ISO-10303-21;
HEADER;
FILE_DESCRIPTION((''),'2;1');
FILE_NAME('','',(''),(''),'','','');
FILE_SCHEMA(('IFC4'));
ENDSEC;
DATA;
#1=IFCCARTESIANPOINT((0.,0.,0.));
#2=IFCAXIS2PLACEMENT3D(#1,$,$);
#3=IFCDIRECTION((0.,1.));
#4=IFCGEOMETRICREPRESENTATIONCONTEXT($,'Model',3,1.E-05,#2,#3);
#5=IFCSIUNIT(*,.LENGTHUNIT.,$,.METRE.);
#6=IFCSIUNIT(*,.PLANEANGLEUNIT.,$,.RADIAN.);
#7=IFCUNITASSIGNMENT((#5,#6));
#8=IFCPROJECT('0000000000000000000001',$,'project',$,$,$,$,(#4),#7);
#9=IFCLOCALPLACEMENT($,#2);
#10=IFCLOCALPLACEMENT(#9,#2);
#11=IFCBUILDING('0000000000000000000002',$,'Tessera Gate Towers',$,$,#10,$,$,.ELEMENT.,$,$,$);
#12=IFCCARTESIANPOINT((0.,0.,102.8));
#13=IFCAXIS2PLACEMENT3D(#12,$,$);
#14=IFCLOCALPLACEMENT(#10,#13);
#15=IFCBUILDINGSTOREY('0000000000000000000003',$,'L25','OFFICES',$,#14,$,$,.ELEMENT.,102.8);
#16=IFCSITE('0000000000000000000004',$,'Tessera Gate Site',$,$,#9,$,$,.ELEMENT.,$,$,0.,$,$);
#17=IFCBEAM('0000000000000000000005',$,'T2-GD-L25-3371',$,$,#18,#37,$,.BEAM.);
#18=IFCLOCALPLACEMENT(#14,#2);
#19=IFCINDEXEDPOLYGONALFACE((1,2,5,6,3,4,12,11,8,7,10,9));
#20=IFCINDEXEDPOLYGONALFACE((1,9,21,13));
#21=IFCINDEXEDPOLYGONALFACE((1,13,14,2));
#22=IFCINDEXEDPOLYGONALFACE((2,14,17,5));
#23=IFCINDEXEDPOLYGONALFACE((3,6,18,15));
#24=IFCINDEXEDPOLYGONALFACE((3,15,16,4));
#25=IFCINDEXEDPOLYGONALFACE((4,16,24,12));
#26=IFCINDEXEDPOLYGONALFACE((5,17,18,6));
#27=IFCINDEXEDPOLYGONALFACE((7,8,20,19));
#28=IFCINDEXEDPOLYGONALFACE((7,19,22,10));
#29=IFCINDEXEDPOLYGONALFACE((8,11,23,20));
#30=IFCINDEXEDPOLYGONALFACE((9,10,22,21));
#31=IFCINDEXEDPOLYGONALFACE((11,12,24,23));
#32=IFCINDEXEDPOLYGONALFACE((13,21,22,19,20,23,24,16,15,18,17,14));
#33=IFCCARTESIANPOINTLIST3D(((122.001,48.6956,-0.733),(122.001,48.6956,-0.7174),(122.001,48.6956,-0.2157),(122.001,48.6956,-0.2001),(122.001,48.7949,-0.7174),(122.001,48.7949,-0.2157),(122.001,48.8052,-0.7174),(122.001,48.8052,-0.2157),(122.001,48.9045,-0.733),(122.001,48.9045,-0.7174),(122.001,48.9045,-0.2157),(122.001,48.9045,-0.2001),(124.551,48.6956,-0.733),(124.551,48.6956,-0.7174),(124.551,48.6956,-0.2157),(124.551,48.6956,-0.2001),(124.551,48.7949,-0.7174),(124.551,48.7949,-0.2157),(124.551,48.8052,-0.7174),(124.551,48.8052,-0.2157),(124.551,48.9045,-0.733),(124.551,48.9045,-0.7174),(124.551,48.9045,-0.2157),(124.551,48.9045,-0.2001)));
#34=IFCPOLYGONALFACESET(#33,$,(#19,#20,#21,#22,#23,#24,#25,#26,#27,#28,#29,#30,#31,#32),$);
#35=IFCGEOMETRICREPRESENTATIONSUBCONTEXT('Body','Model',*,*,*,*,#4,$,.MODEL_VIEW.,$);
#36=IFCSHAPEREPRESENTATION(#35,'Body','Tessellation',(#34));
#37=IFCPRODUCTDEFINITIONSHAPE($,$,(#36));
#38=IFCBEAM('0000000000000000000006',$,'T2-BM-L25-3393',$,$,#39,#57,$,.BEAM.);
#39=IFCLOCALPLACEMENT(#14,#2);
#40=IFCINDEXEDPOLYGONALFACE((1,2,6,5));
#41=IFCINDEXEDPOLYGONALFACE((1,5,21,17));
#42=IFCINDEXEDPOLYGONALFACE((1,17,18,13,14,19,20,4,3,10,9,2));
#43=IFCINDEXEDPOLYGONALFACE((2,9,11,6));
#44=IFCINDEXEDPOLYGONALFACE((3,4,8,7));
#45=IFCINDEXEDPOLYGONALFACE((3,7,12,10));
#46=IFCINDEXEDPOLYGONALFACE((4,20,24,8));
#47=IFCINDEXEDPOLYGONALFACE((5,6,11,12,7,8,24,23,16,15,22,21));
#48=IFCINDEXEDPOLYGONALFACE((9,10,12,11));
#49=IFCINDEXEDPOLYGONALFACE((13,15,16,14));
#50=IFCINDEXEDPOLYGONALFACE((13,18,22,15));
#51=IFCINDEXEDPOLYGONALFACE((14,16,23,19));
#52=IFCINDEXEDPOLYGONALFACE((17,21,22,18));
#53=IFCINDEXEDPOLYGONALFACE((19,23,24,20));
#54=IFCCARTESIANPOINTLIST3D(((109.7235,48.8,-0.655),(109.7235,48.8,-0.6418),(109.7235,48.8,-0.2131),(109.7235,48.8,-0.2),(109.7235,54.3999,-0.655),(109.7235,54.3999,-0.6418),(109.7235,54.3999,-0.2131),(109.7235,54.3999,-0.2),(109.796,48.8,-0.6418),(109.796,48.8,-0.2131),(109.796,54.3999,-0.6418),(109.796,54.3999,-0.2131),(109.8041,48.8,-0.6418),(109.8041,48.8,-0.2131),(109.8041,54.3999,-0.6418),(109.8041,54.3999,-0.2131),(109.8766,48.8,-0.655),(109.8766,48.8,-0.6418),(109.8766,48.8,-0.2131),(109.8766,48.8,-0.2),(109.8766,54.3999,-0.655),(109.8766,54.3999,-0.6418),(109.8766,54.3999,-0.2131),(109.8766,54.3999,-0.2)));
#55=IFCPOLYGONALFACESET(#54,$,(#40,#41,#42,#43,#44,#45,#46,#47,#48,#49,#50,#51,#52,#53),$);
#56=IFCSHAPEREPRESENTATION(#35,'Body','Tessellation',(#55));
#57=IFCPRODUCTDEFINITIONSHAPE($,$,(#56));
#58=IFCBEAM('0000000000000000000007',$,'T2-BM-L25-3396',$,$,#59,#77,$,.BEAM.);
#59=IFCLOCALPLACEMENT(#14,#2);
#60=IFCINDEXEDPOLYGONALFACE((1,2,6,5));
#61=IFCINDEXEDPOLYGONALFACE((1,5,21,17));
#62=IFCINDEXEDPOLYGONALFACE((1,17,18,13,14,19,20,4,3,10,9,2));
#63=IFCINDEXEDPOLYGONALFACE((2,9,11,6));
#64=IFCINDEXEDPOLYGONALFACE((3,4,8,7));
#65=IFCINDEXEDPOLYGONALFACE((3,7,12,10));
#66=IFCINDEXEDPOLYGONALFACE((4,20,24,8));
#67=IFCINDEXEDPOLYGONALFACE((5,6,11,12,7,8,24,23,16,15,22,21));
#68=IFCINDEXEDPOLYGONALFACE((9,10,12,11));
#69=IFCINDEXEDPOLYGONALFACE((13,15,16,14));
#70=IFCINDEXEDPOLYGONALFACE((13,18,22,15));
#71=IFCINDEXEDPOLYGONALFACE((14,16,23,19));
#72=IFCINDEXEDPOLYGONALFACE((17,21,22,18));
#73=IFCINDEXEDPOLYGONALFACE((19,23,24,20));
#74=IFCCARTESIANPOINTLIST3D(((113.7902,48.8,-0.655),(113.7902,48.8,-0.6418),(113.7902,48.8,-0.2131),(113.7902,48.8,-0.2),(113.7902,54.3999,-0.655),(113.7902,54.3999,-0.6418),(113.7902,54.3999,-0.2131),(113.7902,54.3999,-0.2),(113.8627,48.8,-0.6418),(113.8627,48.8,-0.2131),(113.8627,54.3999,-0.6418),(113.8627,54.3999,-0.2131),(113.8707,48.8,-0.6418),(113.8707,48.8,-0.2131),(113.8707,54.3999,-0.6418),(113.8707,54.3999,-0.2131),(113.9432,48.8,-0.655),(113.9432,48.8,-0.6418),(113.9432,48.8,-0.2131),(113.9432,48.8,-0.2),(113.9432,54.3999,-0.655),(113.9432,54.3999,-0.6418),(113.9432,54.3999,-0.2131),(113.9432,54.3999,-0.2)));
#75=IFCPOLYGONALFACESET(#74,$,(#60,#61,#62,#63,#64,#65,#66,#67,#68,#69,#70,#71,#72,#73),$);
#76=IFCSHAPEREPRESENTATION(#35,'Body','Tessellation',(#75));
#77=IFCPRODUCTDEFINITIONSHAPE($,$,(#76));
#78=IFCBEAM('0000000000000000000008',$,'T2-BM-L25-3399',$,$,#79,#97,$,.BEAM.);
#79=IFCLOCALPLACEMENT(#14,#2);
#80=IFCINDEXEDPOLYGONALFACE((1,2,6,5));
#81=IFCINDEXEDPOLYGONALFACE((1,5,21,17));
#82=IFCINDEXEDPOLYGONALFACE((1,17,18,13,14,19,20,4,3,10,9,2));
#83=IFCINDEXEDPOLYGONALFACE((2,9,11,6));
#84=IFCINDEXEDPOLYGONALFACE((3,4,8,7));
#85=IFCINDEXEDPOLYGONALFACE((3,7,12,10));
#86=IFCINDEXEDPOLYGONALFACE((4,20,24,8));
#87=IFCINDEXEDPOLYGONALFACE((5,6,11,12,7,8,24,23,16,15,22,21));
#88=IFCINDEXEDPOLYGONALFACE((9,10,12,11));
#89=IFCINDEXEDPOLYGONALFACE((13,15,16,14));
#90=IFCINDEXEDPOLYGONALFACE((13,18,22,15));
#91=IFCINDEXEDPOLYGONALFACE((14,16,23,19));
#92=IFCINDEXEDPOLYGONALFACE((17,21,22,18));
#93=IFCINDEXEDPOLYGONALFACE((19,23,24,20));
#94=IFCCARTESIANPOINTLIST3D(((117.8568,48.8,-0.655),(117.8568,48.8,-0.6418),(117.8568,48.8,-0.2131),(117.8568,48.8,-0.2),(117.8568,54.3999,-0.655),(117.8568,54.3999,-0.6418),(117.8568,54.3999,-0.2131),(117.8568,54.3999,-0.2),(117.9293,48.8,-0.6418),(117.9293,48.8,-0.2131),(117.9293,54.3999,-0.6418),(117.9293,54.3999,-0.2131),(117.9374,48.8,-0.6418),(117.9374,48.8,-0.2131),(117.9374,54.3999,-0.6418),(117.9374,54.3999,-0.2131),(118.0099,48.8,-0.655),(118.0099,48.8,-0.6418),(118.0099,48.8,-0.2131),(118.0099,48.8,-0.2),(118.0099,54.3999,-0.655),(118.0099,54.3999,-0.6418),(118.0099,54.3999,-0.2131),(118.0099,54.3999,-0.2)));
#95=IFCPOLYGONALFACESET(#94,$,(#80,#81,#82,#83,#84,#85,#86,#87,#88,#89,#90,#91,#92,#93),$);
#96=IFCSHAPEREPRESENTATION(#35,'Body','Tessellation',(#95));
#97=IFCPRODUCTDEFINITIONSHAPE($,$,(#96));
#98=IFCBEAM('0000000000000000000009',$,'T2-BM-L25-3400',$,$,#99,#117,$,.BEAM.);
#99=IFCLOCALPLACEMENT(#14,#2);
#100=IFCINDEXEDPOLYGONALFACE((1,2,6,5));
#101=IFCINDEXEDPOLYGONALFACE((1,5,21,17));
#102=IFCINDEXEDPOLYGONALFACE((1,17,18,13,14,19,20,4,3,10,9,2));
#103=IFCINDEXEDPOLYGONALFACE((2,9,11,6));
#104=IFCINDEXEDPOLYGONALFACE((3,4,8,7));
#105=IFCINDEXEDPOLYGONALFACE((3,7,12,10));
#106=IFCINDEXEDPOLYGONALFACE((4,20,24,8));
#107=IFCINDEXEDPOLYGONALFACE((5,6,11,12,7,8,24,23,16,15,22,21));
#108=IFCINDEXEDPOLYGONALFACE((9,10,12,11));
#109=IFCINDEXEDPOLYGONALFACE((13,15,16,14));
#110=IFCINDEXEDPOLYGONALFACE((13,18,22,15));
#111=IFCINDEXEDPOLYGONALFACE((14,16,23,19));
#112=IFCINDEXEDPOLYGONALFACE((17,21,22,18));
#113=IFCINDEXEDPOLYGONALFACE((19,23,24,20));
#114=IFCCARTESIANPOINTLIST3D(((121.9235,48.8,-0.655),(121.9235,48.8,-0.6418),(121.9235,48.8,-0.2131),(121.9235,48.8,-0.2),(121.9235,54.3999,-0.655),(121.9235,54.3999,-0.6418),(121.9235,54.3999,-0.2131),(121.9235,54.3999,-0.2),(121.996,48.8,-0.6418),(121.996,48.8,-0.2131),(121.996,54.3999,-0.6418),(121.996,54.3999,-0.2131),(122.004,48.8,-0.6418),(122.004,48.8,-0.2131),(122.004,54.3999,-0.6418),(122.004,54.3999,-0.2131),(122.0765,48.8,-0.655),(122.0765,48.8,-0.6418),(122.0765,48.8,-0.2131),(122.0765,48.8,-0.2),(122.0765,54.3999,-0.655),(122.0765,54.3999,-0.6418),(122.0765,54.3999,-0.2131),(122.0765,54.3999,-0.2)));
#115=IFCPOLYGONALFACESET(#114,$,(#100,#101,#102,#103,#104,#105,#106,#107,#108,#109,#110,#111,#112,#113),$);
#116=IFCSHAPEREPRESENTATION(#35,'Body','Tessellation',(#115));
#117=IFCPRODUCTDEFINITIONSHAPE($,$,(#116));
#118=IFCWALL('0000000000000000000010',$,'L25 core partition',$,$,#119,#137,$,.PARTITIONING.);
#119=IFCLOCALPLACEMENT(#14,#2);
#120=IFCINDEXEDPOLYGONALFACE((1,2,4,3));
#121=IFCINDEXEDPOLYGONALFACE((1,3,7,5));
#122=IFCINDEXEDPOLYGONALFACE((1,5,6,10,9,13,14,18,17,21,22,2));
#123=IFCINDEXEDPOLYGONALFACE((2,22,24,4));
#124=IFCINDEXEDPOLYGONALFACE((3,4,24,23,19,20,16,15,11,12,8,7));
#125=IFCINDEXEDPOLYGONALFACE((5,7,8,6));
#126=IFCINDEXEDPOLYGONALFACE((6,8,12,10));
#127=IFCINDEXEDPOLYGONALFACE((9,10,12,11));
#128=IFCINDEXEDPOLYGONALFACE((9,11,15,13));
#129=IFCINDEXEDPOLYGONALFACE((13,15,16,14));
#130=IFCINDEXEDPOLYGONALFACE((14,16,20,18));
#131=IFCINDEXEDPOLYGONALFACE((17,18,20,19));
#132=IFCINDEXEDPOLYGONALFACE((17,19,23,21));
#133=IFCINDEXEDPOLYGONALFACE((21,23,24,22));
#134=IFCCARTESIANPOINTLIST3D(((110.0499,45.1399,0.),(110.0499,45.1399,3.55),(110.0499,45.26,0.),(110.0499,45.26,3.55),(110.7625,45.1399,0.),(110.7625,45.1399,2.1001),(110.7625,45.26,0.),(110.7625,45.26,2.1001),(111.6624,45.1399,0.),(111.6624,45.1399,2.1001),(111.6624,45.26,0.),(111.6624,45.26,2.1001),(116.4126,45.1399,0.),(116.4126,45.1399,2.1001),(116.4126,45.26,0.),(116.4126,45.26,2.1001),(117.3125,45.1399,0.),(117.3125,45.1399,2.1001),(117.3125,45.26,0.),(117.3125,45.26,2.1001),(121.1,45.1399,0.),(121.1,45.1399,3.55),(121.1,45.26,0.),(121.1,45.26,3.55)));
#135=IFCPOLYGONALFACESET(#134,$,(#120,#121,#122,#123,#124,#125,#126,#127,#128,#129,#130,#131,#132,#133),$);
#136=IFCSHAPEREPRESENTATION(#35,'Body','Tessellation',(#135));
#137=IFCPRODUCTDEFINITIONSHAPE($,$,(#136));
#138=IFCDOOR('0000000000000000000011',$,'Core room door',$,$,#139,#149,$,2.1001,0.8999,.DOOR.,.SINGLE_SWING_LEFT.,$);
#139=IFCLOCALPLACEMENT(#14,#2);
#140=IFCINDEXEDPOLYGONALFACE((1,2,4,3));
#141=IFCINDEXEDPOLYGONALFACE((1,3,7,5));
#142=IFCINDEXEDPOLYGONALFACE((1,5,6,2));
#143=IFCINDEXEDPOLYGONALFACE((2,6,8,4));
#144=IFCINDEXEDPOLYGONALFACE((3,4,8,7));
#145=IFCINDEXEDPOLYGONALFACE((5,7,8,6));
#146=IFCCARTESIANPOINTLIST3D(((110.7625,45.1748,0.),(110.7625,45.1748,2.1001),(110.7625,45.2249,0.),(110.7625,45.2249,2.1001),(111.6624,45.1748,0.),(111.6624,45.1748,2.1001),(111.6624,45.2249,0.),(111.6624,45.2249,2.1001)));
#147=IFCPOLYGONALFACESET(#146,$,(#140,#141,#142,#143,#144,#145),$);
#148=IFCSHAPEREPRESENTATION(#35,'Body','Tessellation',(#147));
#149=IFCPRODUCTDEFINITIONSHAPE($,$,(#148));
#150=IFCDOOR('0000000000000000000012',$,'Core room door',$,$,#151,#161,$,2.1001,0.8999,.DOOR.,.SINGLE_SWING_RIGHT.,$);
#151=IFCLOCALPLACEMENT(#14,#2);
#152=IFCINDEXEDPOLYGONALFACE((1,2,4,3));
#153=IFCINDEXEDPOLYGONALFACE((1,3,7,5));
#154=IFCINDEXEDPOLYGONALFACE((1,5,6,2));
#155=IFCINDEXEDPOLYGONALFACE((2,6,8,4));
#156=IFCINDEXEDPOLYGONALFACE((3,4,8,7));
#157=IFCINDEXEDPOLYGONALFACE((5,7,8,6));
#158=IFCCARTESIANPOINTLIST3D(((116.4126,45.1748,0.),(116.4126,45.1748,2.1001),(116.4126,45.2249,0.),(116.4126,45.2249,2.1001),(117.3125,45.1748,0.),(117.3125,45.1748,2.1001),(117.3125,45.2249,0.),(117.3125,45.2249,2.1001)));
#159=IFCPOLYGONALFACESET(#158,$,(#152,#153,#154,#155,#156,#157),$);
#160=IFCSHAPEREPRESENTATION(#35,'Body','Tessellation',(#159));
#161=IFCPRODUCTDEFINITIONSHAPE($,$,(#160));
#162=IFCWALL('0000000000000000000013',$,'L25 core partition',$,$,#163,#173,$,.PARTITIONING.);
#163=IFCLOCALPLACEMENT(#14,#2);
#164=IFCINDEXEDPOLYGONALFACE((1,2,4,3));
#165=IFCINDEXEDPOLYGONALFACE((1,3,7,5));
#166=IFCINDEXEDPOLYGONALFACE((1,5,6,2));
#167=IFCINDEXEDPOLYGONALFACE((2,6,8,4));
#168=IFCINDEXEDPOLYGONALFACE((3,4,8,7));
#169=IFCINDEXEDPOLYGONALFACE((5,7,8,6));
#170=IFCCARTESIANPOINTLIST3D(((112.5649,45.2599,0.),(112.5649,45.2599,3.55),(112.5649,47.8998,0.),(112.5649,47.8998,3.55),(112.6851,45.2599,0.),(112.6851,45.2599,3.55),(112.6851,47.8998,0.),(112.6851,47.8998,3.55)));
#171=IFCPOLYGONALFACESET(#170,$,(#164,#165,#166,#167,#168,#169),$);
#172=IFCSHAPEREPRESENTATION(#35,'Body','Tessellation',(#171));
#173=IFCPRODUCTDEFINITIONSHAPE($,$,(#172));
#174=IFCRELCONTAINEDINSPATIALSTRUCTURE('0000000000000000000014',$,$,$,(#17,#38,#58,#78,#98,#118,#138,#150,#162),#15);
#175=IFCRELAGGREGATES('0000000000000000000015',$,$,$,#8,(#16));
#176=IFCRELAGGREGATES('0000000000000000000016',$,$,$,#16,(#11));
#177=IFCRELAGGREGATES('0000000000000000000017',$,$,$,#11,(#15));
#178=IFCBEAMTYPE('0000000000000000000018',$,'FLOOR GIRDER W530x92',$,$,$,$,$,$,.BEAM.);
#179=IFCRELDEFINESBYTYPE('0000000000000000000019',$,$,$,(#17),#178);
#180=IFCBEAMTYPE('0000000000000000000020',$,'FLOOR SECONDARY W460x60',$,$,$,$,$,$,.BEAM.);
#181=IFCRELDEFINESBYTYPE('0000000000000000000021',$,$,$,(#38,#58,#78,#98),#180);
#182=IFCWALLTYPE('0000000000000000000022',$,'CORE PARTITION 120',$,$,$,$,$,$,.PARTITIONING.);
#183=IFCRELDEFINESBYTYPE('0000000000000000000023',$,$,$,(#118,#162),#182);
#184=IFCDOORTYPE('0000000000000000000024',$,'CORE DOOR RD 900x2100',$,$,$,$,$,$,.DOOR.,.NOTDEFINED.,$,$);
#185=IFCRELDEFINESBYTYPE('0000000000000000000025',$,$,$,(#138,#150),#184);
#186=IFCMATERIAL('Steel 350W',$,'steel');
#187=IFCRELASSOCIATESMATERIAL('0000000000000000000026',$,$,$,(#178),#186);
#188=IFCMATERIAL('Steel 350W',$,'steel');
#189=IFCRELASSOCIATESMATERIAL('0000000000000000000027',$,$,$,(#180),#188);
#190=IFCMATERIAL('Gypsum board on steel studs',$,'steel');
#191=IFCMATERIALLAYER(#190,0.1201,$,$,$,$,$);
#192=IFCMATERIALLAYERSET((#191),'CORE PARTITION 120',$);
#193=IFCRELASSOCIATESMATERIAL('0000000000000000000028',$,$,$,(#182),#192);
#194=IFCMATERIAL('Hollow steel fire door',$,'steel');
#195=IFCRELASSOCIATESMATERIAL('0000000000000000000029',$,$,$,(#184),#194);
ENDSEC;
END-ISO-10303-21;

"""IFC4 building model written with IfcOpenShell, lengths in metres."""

from ifc_helpers import new_model, si_unit, direction, frame, frame_2d, origin, origin_2d, place, context, subcontext, project, spatial, rectangle, i_section, extrude, source, transform, mapped, material, layer, layer_set, material_profile, profile_set, type_object, element, fill, save


model = new_model("IFC4")

# Units and contexts
model_context = context("Model", 3, precision=1e-05, world=origin(), true_north=direction((0.0, 1.0)))
body_context = subcontext(model_context, "Body", "Model", "MODEL_VIEW")
ifc_project = project(units=[si_unit("LENGTHUNIT", "METRE"), si_unit("PLANEANGLEUNIT", "RADIAN")], contexts=[model_context])

# Site, building, storey
site_placement = place(None, origin())
site = spatial("IfcSite", under=ifc_project, at=site_placement, Name="Tessera Gate Site", CompositionType="ELEMENT", RefElevation=0.0)
building_placement = place(site_placement, origin())
building = spatial("IfcBuilding", under=site, at=building_placement, Name="Tessera Gate Towers", CompositionType="ELEMENT")
storey_placement = place(building_placement, frame((0.0, 0.0, 102.8)))
storey = spatial("IfcBuildingStorey", under=building, at=storey_placement, Name="L25", Description="OFFICES", CompositionType="ELEMENT", Elevation=102.8)

# Beams
ifc_material_1 = material(Name="Steel 350W", Category="steel")
ifc_material_profile_1 = material_profile(ifc_material_1, i_section(OverallWidth=0.209, OverallDepth=0.533, WebThickness=0.0103, FlangeThickness=0.0156, at=origin_2d()), Name="W530x92")
ifc_profile_set_1 = profile_set([ifc_material_profile_1], Name="Steel 350W")
beam_type_1 = type_object("IfcBeamType", Name="FLOOR GIRDER W530x92", PredefinedType="BEAM", material=ifc_profile_set_1)
beam_placement = place(storey_placement, frame((122.001, 48.8, -0.4666), z_axis=(1.0, 0.0, 0.0), x_axis=(0.0, 1.0, 0.0)))
element("IfcBeam", 1, at=beam_placement, inside=storey, type_object=beam_type_1, Name="T2-GD-L25-3371", PredefinedType="BEAM", context=body_context, shape_type="SweptSolid", body=[
    extrude(i_section(OverallWidth=0.209, OverallDepth=0.533, WebThickness=0.0103, FlangeThickness=0.0156, at=origin_2d()), origin(), (0.0, 0.0, 1.0), 2.55),
])
ifc_material_2 = material(Name="Steel 350W", Category="steel")
ifc_material_profile_2 = material_profile(ifc_material_2, i_section(OverallWidth=0.1531, OverallDepth=0.4551, WebThickness=0.0081, FlangeThickness=0.0132, at=origin_2d()), Name="W460x60")
ifc_profile_set_2 = profile_set([ifc_material_profile_2], Name="Steel 350W")
beam_type_2 = type_object("IfcBeamType", Name="FLOOR SECONDARY W460x60", PredefinedType="BEAM", material=ifc_profile_set_2)
for number, where, z_axis, x_axis, name in (
    (2, (109.8, 48.8, -0.4275), (0.0, 1.0, 0.0), (-1.0, 0.0, 0.0), "T2-BM-L25-3393"),
    (3, (113.8667, 48.8, -0.4275), (0.0, 1.0, 0.0), (-1.0, 0.0, 0.0), "T2-BM-L25-3396"),
    (4, (117.9333, 48.8, -0.4275), (0.0, 1.0, 0.0), (-1.0, 0.0, 0.0), "T2-BM-L25-3399"),
    (5, (122.0, 48.8, -0.4275), (0.0, 1.0, 0.0), (-1.0, 0.0, 0.0), "T2-BM-L25-3400"),
):
    element("IfcBeam", number, at=place(storey_placement, frame(where, z_axis=z_axis, x_axis=x_axis)), inside=storey, type_object=beam_type_2, Name=name, PredefinedType="BEAM", context=body_context, shape_type="SweptSolid", body=[
        extrude(i_section(OverallWidth=0.1531, OverallDepth=0.4551, WebThickness=0.0081, FlangeThickness=0.0132, at=origin_2d()), origin(), (0.0, 0.0, 1.0), 5.5999),
    ])

# Wall, openings, doors
ifc_material_3 = material(Name="Gypsum board on steel studs", Category="steel")
ifc_layer_1 = layer(ifc_material_3, 0.1201)
ifc_layer_set_1 = layer_set([ifc_layer_1], Name="CORE PARTITION 120")
wall_type_1 = type_object("IfcWallType", Name="CORE PARTITION 120", PredefinedType="PARTITIONING", material=ifc_layer_set_1)
wall_1_placement = place(storey_placement, frame((110.05, 45.2, 0.0), z_axis=(0.0, 0.0, 1.0), x_axis=(1.0, 0.0, 0.0)))
wall_1 = element("IfcWall", 6, at=wall_1_placement, inside=storey, type_object=wall_type_1, Name="L25 core partition", PredefinedType="PARTITIONING", context=body_context, shape_type="SweptSolid", body=[
    extrude(rectangle(XDim=11.05, YDim=0.1201, at=frame_2d((5.5249, 0.0))), origin(), (0.0, 0.0, 1.0), 3.55),
])
shared_shape_1 = source(origin(), body_context, "Body", "SweptSolid", [
    extrude(rectangle(XDim=0.8999, YDim=2.1001, at=frame_2d((0.45, 1.05))), frame((0.0, 0.0701, 0.0), z_axis=(0.0, -1.0, 0.0), x_axis=(1.0, 0.0, 0.0)), (0.0, 0.0, 1.0), 0.1401),
])
opening_1_placement = place(wall_1_placement, frame((0.7124, 0.0, 0.0)))
opening_1 = element("IfcOpeningElement", 7, at=opening_1_placement, cuts=wall_1, PredefinedType="OPENING", context=body_context, shape_type="MappedRepresentation", body=[
    mapped(shared_shape_1, transform((0.0, 0.0, 0.0), scale=1.0)),
])
opening_2_placement = place(wall_1_placement, frame((6.3625, 0.0, 0.0)))
opening_2 = element("IfcOpeningElement", 8, at=opening_2_placement, cuts=wall_1, PredefinedType="OPENING", context=body_context, shape_type="MappedRepresentation", body=[
    mapped(shared_shape_1, transform((0.0, 0.0, 0.0), scale=1.0)),
])
ifc_material_4 = material(Name="Hollow steel fire door", Category="steel")
door_type_1 = type_object("IfcDoorType", Name="CORE DOOR RD 900x2100", OperationType="NOTDEFINED", PredefinedType="DOOR", material=ifc_material_4)
shared_shape_2 = source(origin(), body_context, "Body", "SweptSolid", [
    extrude(rectangle(XDim=0.8999, YDim=2.1001, at=frame_2d((0.45, 1.05))), frame((0.0, 0.0249, 0.0), z_axis=(0.0, -1.0, 0.0), x_axis=(1.0, 0.0, 0.0)), (0.0, 0.0, 1.0), 0.05),
])
door_1_placement = place(opening_1_placement, origin())
door_1 = element("IfcDoor", 9, at=door_1_placement, inside=storey, type_object=door_type_1, Name="Core room door", OperationType="SINGLE_SWING_LEFT", OverallHeight=2.1001, OverallWidth=0.8999, PredefinedType="DOOR", context=body_context, shape_type="MappedRepresentation", body=[
    mapped(shared_shape_2, transform((0.0, 0.0, 0.0), scale=1.0)),
])
fill(opening_1, door_1)
door_2_placement = place(opening_2_placement, origin())
door_2 = element("IfcDoor", 10, at=door_2_placement, inside=storey, type_object=door_type_1, Name="Core room door", OperationType="SINGLE_SWING_RIGHT", OverallHeight=2.1001, OverallWidth=0.8999, PredefinedType="DOOR", context=body_context, shape_type="MappedRepresentation", body=[
    mapped(shared_shape_2, transform((0.0, 0.0, 0.0), scale=1.0)),
])
fill(opening_2, door_2)

# Wall
wall_2_placement = place(storey_placement, frame((112.625, 45.26, 0.0), z_axis=(0.0, 0.0, 1.0), x_axis=(0.0, 1.0, 0.0)))
element("IfcWall", 11, at=wall_2_placement, inside=storey, type_object=wall_type_1, Name="L25 core partition", PredefinedType="PARTITIONING", context=body_context, shape_type="SweptSolid", body=[
    extrude(rectangle(XDim=2.6399, YDim=0.1201, at=frame_2d((1.3198, 0.0))), origin(), (0.0, 0.0, 1.0), 3.55),
])

save(model, "model.ifc")
